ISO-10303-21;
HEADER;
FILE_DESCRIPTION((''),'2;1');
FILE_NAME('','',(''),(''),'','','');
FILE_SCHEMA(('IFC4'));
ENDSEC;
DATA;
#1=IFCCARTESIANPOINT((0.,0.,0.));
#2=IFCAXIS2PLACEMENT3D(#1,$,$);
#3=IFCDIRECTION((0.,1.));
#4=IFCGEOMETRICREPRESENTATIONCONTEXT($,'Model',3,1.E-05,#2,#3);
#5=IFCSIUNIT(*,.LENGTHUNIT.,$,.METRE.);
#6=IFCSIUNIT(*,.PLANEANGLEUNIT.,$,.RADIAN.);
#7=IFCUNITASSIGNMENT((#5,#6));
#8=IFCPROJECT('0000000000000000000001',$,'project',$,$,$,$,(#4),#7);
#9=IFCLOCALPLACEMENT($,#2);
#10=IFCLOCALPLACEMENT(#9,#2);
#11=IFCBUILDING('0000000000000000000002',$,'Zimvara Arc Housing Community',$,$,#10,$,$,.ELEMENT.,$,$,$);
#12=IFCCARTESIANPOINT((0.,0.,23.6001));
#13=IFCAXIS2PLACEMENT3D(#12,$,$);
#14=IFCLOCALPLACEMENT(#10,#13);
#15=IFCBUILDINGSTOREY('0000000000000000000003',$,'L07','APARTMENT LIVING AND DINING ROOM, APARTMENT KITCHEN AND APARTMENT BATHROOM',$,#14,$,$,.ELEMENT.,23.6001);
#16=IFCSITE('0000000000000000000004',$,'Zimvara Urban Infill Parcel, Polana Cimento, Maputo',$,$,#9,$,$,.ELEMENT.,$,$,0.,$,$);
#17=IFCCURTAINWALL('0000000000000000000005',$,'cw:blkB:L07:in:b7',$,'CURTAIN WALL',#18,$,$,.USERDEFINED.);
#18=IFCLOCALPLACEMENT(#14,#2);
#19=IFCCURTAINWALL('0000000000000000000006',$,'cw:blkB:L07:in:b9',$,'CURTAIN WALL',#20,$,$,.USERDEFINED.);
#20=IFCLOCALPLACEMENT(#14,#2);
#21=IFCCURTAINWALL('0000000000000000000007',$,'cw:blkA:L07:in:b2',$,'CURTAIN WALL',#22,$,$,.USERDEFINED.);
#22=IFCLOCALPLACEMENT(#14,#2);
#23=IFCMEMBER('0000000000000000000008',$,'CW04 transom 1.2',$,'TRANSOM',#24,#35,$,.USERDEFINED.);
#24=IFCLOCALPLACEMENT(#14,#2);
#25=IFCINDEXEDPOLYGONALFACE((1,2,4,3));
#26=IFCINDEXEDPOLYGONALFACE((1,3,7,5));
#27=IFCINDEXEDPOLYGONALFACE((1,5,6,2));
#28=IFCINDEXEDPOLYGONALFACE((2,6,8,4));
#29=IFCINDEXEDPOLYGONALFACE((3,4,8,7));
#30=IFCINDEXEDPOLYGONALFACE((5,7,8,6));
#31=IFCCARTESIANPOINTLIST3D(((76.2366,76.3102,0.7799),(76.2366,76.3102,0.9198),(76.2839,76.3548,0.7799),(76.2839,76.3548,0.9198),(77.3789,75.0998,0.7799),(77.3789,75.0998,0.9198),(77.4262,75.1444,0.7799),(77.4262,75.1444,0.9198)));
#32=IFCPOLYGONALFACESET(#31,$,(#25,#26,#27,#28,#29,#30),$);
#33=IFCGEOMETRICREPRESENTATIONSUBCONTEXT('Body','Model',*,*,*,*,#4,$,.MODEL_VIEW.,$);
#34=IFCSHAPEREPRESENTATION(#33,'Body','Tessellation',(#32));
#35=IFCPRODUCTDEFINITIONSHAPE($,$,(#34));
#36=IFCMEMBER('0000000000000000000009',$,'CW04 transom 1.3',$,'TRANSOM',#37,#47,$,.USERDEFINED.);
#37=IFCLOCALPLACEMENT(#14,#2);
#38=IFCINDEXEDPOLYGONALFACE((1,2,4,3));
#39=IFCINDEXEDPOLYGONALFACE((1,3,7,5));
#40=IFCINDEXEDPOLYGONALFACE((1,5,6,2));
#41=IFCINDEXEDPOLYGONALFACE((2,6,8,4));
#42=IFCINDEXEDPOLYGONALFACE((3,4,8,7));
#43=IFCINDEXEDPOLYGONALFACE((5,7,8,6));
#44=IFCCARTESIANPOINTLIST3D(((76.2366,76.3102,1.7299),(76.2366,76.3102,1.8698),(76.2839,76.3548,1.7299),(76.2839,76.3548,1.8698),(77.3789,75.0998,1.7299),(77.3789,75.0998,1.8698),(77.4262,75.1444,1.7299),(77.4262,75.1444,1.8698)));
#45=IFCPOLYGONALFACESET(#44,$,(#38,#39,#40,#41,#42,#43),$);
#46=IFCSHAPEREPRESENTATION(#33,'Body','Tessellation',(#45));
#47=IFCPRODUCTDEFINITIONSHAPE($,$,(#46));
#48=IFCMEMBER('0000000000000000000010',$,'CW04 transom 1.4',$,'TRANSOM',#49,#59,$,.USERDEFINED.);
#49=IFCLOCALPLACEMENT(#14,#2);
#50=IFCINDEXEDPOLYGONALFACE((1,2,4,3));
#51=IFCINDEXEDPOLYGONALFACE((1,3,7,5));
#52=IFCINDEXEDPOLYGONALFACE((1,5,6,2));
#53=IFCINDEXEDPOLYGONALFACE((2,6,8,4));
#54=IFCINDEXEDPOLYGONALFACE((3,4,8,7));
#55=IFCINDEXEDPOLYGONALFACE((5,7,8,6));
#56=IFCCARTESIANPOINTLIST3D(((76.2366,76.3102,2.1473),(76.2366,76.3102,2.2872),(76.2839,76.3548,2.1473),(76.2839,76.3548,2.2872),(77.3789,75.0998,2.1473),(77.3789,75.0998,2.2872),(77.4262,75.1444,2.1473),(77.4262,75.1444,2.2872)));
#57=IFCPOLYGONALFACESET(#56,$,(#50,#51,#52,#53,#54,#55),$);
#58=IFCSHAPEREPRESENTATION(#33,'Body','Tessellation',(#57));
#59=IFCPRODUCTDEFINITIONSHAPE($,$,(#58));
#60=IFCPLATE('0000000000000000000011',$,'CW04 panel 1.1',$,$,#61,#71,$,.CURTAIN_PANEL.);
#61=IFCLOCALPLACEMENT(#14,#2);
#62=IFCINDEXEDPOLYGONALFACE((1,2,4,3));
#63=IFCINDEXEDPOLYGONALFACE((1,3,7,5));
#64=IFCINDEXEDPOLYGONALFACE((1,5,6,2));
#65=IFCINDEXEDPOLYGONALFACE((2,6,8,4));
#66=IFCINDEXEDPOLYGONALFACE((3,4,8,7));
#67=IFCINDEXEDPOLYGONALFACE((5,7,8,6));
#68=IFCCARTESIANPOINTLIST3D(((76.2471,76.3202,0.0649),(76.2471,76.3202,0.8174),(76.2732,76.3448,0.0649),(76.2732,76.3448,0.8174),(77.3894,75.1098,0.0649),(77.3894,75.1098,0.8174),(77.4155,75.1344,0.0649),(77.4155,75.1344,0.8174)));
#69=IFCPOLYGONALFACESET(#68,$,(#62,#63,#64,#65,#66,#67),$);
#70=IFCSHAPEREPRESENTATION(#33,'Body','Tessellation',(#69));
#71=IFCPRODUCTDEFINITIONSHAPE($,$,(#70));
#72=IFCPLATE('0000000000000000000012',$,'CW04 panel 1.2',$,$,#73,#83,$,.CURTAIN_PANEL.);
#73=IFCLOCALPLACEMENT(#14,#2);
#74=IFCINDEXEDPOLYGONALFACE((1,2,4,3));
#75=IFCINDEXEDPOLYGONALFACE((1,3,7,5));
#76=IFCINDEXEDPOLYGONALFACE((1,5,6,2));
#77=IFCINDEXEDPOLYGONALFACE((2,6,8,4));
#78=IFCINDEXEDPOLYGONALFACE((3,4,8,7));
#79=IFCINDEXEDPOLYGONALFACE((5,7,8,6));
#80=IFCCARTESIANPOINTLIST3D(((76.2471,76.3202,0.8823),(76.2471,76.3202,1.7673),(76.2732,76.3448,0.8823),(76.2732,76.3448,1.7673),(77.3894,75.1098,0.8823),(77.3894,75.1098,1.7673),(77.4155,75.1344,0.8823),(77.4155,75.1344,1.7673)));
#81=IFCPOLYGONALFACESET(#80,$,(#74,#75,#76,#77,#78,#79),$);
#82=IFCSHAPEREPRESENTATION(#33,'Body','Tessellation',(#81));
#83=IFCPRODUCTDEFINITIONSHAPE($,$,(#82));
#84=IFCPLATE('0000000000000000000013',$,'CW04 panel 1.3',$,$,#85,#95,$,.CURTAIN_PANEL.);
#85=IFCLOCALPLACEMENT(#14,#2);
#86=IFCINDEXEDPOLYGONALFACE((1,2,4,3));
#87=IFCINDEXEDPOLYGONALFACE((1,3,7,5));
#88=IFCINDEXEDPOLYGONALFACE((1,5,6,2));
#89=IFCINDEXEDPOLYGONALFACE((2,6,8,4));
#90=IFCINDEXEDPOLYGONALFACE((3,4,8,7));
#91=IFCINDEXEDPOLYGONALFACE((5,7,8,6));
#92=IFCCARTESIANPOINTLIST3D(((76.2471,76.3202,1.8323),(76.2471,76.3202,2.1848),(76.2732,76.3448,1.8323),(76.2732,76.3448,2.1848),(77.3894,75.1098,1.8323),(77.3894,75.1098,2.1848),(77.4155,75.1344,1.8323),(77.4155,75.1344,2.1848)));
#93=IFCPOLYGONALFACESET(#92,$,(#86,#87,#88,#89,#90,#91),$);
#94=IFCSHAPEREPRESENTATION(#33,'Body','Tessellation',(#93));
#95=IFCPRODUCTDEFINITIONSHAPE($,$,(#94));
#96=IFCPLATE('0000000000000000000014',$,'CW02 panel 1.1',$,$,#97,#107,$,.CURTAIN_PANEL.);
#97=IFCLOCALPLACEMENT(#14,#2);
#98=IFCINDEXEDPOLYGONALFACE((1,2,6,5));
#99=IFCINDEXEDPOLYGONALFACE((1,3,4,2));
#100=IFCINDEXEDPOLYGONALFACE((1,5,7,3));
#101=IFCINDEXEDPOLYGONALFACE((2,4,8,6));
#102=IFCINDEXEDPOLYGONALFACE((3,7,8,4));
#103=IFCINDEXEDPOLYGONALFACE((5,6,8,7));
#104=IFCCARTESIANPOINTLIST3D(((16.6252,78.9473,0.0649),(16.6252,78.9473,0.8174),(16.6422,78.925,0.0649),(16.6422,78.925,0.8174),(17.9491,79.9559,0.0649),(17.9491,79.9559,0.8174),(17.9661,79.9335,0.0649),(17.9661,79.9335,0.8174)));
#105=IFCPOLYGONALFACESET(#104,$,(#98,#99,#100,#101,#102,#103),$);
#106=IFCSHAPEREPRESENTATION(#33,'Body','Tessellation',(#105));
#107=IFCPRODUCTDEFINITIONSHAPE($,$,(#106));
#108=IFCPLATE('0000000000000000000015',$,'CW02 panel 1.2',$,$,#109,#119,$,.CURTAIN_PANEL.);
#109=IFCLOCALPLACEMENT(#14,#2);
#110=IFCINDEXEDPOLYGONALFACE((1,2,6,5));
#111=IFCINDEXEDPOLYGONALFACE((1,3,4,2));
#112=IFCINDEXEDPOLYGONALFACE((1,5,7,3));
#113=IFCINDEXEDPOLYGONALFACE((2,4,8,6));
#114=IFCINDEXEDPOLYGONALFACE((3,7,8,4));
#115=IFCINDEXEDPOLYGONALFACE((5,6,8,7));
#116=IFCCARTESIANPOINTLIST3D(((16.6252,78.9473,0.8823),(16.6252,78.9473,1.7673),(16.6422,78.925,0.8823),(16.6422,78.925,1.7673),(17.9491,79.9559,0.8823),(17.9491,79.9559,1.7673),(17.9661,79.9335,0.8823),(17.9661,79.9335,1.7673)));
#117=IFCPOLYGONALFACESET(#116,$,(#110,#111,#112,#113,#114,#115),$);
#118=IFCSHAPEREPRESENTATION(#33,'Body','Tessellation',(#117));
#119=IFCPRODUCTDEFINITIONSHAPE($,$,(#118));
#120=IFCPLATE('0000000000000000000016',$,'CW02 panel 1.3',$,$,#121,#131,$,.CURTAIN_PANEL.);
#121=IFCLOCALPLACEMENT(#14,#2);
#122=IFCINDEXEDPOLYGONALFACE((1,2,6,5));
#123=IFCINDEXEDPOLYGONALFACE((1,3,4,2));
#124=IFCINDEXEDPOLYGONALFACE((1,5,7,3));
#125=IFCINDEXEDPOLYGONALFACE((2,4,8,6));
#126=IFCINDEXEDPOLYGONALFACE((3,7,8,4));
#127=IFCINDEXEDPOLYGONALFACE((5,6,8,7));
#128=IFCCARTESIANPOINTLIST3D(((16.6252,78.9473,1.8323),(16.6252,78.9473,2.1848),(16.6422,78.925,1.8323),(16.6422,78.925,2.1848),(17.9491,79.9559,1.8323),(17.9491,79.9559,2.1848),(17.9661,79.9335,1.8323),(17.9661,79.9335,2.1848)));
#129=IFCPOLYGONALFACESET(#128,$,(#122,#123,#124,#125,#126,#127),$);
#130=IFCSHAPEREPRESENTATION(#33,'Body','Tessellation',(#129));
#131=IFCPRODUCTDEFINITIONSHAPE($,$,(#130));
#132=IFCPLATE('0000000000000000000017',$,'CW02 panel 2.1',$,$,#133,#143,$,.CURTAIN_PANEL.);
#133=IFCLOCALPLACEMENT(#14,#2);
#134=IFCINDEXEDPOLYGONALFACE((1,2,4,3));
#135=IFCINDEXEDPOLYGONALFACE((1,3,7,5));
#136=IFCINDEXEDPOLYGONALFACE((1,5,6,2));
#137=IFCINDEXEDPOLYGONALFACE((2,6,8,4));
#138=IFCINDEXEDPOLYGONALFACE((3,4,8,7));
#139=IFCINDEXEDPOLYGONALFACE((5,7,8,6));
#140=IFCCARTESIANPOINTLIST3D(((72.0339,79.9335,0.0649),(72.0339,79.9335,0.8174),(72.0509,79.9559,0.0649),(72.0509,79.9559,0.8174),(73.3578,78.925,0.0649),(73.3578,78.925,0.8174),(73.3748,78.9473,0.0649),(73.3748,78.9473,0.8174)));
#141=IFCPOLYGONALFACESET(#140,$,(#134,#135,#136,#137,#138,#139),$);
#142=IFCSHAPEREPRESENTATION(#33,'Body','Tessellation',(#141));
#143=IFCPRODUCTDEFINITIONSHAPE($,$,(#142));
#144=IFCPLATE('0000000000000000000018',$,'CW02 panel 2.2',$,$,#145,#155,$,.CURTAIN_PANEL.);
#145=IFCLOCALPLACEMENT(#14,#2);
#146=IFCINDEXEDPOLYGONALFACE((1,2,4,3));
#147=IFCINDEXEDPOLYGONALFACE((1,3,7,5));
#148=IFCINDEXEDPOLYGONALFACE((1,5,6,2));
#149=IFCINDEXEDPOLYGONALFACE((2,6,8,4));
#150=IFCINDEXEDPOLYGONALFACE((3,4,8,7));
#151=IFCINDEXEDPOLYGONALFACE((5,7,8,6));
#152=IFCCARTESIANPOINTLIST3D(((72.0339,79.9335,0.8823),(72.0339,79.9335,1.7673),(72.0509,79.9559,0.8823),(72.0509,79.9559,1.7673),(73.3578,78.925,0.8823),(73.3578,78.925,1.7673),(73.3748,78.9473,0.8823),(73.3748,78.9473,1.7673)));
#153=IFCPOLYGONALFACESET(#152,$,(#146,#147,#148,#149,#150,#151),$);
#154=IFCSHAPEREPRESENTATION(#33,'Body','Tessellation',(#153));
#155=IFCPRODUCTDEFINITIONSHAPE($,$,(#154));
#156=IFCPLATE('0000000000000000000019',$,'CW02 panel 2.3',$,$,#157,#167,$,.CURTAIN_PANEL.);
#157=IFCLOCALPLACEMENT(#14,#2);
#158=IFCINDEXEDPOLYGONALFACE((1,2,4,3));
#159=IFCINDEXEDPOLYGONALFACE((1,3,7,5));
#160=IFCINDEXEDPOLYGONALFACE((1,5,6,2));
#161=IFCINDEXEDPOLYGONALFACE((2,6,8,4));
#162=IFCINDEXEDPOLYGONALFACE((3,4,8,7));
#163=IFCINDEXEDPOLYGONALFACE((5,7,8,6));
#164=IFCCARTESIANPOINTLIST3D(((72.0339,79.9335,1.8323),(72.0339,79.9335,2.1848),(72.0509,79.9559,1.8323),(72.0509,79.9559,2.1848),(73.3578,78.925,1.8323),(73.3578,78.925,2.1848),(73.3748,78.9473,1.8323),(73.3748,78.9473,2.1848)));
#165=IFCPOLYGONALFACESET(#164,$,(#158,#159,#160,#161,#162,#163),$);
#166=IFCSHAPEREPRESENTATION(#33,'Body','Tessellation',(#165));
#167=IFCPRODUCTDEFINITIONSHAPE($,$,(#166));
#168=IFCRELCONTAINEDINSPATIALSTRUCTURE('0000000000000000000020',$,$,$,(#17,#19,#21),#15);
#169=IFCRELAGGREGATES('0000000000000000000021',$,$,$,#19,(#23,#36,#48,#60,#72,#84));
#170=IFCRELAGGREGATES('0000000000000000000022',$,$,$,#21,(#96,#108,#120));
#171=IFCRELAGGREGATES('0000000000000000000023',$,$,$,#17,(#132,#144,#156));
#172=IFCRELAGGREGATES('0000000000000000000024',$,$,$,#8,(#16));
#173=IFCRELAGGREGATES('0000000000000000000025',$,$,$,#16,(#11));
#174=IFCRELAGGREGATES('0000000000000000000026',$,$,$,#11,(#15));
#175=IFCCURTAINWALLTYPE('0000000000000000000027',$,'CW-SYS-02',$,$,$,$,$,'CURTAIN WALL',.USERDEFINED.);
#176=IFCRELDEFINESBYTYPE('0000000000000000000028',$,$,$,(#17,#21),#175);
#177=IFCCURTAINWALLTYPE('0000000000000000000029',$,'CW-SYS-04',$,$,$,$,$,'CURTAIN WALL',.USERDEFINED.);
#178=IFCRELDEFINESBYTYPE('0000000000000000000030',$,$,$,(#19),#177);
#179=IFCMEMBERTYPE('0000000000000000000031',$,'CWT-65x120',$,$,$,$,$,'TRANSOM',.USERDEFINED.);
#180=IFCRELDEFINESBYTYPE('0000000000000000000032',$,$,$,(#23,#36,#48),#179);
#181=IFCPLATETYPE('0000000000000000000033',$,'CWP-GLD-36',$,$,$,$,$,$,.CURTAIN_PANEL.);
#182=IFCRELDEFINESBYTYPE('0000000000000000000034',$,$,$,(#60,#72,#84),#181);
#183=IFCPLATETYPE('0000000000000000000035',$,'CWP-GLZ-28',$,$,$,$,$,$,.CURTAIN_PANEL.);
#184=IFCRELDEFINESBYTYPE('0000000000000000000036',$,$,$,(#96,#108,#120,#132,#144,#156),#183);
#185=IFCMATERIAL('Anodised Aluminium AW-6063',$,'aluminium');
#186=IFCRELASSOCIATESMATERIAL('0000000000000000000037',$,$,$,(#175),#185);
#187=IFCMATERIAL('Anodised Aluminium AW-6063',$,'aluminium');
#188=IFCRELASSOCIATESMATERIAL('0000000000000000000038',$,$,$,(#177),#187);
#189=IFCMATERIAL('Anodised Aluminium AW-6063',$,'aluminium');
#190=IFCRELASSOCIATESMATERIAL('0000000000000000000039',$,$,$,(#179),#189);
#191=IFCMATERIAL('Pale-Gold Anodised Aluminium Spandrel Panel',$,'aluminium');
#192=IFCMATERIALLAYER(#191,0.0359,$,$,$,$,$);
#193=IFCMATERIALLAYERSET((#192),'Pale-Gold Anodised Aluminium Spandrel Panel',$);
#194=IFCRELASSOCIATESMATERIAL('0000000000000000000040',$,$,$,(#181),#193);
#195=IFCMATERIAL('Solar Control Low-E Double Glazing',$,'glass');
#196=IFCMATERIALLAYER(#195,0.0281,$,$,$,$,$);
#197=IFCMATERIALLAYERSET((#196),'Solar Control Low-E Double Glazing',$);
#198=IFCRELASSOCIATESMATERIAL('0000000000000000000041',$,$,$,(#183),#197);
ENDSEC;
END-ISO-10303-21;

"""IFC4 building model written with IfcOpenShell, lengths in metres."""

from ifc_helpers import new_model, si_unit, direction, frame, origin, origin_2d, place, context, subcontext, project, spatial, rectangle, extrude, material, layer, layer_set, material_profile, profile_set, type_object, element, aggregate, save


model = new_model("IFC4")

# Units and contexts
model_context = context("Model", 3, precision=1e-05, world=origin(), true_north=direction((0.0, 1.0)))
body_context = subcontext(model_context, "Body", "Model", "MODEL_VIEW")
ifc_project = project(units=[si_unit("LENGTHUNIT", "METRE"), si_unit("PLANEANGLEUNIT", "RADIAN")], contexts=[model_context])

# Site, building, storey
site_placement = place(None, origin())
site = spatial("IfcSite", under=ifc_project, at=site_placement, Name="Zimvara Urban Infill Parcel, Polana Cimento, Maputo", CompositionType="ELEMENT", RefElevation=0.0)
building_placement = place(site_placement, origin())
building = spatial("IfcBuilding", under=site, at=building_placement, Name="Zimvara Arc Housing Community", CompositionType="ELEMENT")
storey_placement = place(building_placement, frame((0.0, 0.0, 23.6001)))
storey = spatial("IfcBuildingStorey", under=building, at=storey_placement, Name="L07", Description="APARTMENT LIVING AND DINING ROOM, APARTMENT KITCHEN AND APARTMENT BATHROOM", CompositionType="ELEMENT", Elevation=23.6001)

# Curtain walls
ifc_material_1 = material(Name="Anodised Aluminium AW-6063", Category="aluminium")
curtain_wall_type_1 = type_object("IfcCurtainWallType", Name="CW-SYS-02", ElementType="CURTAIN WALL", PredefinedType="USERDEFINED", material=ifc_material_1)
curtain_wall_1_placement = place(storey_placement, origin())
curtain_wall_1 = element("IfcCurtainWall", 1, at=curtain_wall_1_placement, inside=storey, type_object=curtain_wall_type_1, Name="cw:blkB:L07:in:b7", ObjectType="CURTAIN WALL", PredefinedType="USERDEFINED")
ifc_material_2 = material(Name="Anodised Aluminium AW-6063", Category="aluminium")
curtain_wall_type_2 = type_object("IfcCurtainWallType", Name="CW-SYS-04", ElementType="CURTAIN WALL", PredefinedType="USERDEFINED", material=ifc_material_2)
curtain_wall_2_placement = place(storey_placement, origin())
curtain_wall_2 = element("IfcCurtainWall", 2, at=curtain_wall_2_placement, inside=storey, type_object=curtain_wall_type_2, Name="cw:blkB:L07:in:b9", ObjectType="CURTAIN WALL", PredefinedType="USERDEFINED")
curtain_wall_3_placement = place(storey_placement, origin())
curtain_wall_3 = element("IfcCurtainWall", 3, at=curtain_wall_3_placement, inside=storey, type_object=curtain_wall_type_1, Name="cw:blkA:L07:in:b2", ObjectType="CURTAIN WALL", PredefinedType="USERDEFINED")
ifc_material_3 = material(Name="Anodised Aluminium AW-6063", Category="aluminium")
ifc_material_profile_1 = material_profile(ifc_material_3, rectangle(XDim=0.0649, YDim=0.1399, at=origin_2d()), Name="ALU 65x140")
ifc_profile_set_1 = profile_set([ifc_material_profile_1], Name="Anodised Aluminium AW-6063")
member_type_1 = type_object("IfcMemberType", Name="CWT-65x120", ElementType="TRANSOM", PredefinedType="USERDEFINED", material=ifc_profile_set_1)

# Members
member_1_placement = place(storey_placement, frame((76.2603, 76.3325, 0.8499), z_axis=(0.686348, -0.727273, 0.0), x_axis=(0.727273, 0.686348, 0.0)))
member_1 = element("IfcMember", 4, at=member_1_placement, type_object=member_type_1, Name="CW04 transom 1.2", ObjectType="TRANSOM", PredefinedType="USERDEFINED", context=body_context, shape_type="SweptSolid", body=[
    extrude(rectangle(XDim=0.0649, YDim=0.1399, at=origin_2d()), origin(), (0.0, 0.0, 1.0), 1.6643),
])
member_2_placement = place(storey_placement, frame((76.2603, 76.3325, 1.7998), z_axis=(0.686348, -0.727273, 0.0), x_axis=(0.727273, 0.686348, 0.0)))
member_2 = element("IfcMember", 5, at=member_2_placement, type_object=member_type_1, Name="CW04 transom 1.3", ObjectType="TRANSOM", PredefinedType="USERDEFINED", context=body_context, shape_type="SweptSolid", body=[
    extrude(rectangle(XDim=0.0649, YDim=0.1399, at=origin_2d()), origin(), (0.0, 0.0, 1.0), 1.6643),
])
member_3_placement = place(storey_placement, frame((76.2603, 76.3325, 2.2173), z_axis=(0.686348, -0.727273, 0.0), x_axis=(0.727273, 0.686348, 0.0)))
member_3 = element("IfcMember", 6, at=member_3_placement, type_object=member_type_1, Name="CW04 transom 1.4", ObjectType="TRANSOM", PredefinedType="USERDEFINED", context=body_context, shape_type="SweptSolid", body=[
    extrude(rectangle(XDim=0.0649, YDim=0.1399, at=origin_2d()), origin(), (0.0, 0.0, 1.0), 1.6643),
])

# Plates
ifc_material_4 = material(Name="Pale-Gold Anodised Aluminium Spandrel Panel", Category="aluminium")
ifc_layer_1 = layer(ifc_material_4, 0.0359)
ifc_layer_set_1 = layer_set([ifc_layer_1], Name="Pale-Gold Anodised Aluminium Spandrel Panel")
plate_type_1 = type_object("IfcPlateType", Name="CWP-GLD-36", PredefinedType="CURTAIN_PANEL", material=ifc_layer_set_1)
plate_1_placement = place(storey_placement, frame((76.8313, 75.7273, 0.0649), z_axis=(0.0, 0.0, 1.0), x_axis=(0.686327, -0.727293, 0.0)))
plate_1 = element("IfcPlate", 7, at=plate_1_placement, type_object=plate_type_1, Name="CW04 panel 1.1", PredefinedType="CURTAIN_PANEL", context=body_context, shape_type="SweptSolid", body=[
    extrude(rectangle(XDim=1.6643, YDim=0.0359, at=origin_2d()), origin(), (0.0, 0.0, 1.0), 0.7524),
])
plate_2_placement = place(storey_placement, frame((76.8313, 75.7273, 0.8823), z_axis=(0.0, 0.0, 1.0), x_axis=(0.686327, -0.727293, 0.0)))
plate_2 = element("IfcPlate", 8, at=plate_2_placement, type_object=plate_type_1, Name="CW04 panel 1.2", PredefinedType="CURTAIN_PANEL", context=body_context, shape_type="SweptSolid", body=[
    extrude(rectangle(XDim=1.6643, YDim=0.0359, at=origin_2d()), origin(), (0.0, 0.0, 1.0), 0.885),
])
plate_3_placement = place(storey_placement, frame((76.8313, 75.7273, 1.8323), z_axis=(0.0, 0.0, 1.0), x_axis=(0.686327, -0.727293, 0.0)))
plate_3 = element("IfcPlate", 9, at=plate_3_placement, type_object=plate_type_1, Name="CW04 panel 1.3", PredefinedType="CURTAIN_PANEL", context=body_context, shape_type="SweptSolid", body=[
    extrude(rectangle(XDim=1.6643, YDim=0.0359, at=origin_2d()), origin(), (0.0, 0.0, 1.0), 0.3525),
])
aggregate(curtain_wall_2, [member_1, member_2, member_3, plate_1, plate_2, plate_3])
ifc_material_5 = material(Name="Solar Control Low-E Double Glazing", Category="glass")
ifc_layer_2 = layer(ifc_material_5, 0.0281)
ifc_layer_set_2 = layer_set([ifc_layer_2], Name="Solar Control Low-E Double Glazing")
plate_type_2 = type_object("IfcPlateType", Name="CWP-GLZ-28", PredefinedType="CURTAIN_PANEL", material=ifc_layer_set_2)
plate_4_placement = place(storey_placement, frame((17.2957, 79.4404, 0.0649), z_axis=(0.0, 0.0, 1.0), x_axis=(0.795474, 0.605988, 0.0)))
plate_4 = element("IfcPlate", 10, at=plate_4_placement, type_object=plate_type_2, Name="CW02 panel 1.1", PredefinedType="CURTAIN_PANEL", context=body_context, shape_type="SweptSolid", body=[
    extrude(rectangle(XDim=1.6643, YDim=0.0281, at=origin_2d()), origin(), (0.0, 0.0, 1.0), 0.7524),
])
plate_5_placement = place(storey_placement, frame((17.2957, 79.4404, 0.8823), z_axis=(0.0, 0.0, 1.0), x_axis=(0.795474, 0.605988, 0.0)))
plate_5 = element("IfcPlate", 11, at=plate_5_placement, type_object=plate_type_2, Name="CW02 panel 1.2", PredefinedType="CURTAIN_PANEL", context=body_context, shape_type="SweptSolid", body=[
    extrude(rectangle(XDim=1.6643, YDim=0.0281, at=origin_2d()), origin(), (0.0, 0.0, 1.0), 0.885),
])
plate_6_placement = place(storey_placement, frame((17.2957, 79.4404, 1.8323), z_axis=(0.0, 0.0, 1.0), x_axis=(0.795474, 0.605988, 0.0)))
plate_6 = element("IfcPlate", 12, at=plate_6_placement, type_object=plate_type_2, Name="CW02 panel 1.3", PredefinedType="CURTAIN_PANEL", context=body_context, shape_type="SweptSolid", body=[
    extrude(rectangle(XDim=1.6643, YDim=0.0281, at=origin_2d()), origin(), (0.0, 0.0, 1.0), 0.3525),
])
aggregate(curtain_wall_3, [plate_4, plate_5, plate_6])
plate_7_placement = place(storey_placement, frame((72.7043, 79.4404, 0.0649), z_axis=(0.0, 0.0, 1.0), x_axis=(0.795474, -0.605988, 0.0)))
plate_7 = element("IfcPlate", 13, at=plate_7_placement, type_object=plate_type_2, Name="CW02 panel 2.1", PredefinedType="CURTAIN_PANEL", context=body_context, shape_type="SweptSolid", body=[
    extrude(rectangle(XDim=1.6643, YDim=0.0281, at=origin_2d()), origin(), (0.0, 0.0, 1.0), 0.7524),
])
plate_8_placement = place(storey_placement, frame((72.7043, 79.4404, 0.8823), z_axis=(0.0, 0.0, 1.0), x_axis=(0.795474, -0.605988, 0.0)))
plate_8 = element("IfcPlate", 14, at=plate_8_placement, type_object=plate_type_2, Name="CW02 panel 2.2", PredefinedType="CURTAIN_PANEL", context=body_context, shape_type="SweptSolid", body=[
    extrude(rectangle(XDim=1.6643, YDim=0.0281, at=origin_2d()), origin(), (0.0, 0.0, 1.0), 0.885),
])
plate_9_placement = place(storey_placement, frame((72.7043, 79.4404, 1.8323), z_axis=(0.0, 0.0, 1.0), x_axis=(0.795474, -0.605988, 0.0)))
plate_9 = element("IfcPlate", 15, at=plate_9_placement, type_object=plate_type_2, Name="CW02 panel 2.3", PredefinedType="CURTAIN_PANEL", context=body_context, shape_type="SweptSolid", body=[
    extrude(rectangle(XDim=1.6643, YDim=0.0281, at=origin_2d()), origin(), (0.0, 0.0, 1.0), 0.3525),
])
aggregate(curtain_wall_1, [plate_7, plate_8, plate_9])

save(model, "model.ifc")
